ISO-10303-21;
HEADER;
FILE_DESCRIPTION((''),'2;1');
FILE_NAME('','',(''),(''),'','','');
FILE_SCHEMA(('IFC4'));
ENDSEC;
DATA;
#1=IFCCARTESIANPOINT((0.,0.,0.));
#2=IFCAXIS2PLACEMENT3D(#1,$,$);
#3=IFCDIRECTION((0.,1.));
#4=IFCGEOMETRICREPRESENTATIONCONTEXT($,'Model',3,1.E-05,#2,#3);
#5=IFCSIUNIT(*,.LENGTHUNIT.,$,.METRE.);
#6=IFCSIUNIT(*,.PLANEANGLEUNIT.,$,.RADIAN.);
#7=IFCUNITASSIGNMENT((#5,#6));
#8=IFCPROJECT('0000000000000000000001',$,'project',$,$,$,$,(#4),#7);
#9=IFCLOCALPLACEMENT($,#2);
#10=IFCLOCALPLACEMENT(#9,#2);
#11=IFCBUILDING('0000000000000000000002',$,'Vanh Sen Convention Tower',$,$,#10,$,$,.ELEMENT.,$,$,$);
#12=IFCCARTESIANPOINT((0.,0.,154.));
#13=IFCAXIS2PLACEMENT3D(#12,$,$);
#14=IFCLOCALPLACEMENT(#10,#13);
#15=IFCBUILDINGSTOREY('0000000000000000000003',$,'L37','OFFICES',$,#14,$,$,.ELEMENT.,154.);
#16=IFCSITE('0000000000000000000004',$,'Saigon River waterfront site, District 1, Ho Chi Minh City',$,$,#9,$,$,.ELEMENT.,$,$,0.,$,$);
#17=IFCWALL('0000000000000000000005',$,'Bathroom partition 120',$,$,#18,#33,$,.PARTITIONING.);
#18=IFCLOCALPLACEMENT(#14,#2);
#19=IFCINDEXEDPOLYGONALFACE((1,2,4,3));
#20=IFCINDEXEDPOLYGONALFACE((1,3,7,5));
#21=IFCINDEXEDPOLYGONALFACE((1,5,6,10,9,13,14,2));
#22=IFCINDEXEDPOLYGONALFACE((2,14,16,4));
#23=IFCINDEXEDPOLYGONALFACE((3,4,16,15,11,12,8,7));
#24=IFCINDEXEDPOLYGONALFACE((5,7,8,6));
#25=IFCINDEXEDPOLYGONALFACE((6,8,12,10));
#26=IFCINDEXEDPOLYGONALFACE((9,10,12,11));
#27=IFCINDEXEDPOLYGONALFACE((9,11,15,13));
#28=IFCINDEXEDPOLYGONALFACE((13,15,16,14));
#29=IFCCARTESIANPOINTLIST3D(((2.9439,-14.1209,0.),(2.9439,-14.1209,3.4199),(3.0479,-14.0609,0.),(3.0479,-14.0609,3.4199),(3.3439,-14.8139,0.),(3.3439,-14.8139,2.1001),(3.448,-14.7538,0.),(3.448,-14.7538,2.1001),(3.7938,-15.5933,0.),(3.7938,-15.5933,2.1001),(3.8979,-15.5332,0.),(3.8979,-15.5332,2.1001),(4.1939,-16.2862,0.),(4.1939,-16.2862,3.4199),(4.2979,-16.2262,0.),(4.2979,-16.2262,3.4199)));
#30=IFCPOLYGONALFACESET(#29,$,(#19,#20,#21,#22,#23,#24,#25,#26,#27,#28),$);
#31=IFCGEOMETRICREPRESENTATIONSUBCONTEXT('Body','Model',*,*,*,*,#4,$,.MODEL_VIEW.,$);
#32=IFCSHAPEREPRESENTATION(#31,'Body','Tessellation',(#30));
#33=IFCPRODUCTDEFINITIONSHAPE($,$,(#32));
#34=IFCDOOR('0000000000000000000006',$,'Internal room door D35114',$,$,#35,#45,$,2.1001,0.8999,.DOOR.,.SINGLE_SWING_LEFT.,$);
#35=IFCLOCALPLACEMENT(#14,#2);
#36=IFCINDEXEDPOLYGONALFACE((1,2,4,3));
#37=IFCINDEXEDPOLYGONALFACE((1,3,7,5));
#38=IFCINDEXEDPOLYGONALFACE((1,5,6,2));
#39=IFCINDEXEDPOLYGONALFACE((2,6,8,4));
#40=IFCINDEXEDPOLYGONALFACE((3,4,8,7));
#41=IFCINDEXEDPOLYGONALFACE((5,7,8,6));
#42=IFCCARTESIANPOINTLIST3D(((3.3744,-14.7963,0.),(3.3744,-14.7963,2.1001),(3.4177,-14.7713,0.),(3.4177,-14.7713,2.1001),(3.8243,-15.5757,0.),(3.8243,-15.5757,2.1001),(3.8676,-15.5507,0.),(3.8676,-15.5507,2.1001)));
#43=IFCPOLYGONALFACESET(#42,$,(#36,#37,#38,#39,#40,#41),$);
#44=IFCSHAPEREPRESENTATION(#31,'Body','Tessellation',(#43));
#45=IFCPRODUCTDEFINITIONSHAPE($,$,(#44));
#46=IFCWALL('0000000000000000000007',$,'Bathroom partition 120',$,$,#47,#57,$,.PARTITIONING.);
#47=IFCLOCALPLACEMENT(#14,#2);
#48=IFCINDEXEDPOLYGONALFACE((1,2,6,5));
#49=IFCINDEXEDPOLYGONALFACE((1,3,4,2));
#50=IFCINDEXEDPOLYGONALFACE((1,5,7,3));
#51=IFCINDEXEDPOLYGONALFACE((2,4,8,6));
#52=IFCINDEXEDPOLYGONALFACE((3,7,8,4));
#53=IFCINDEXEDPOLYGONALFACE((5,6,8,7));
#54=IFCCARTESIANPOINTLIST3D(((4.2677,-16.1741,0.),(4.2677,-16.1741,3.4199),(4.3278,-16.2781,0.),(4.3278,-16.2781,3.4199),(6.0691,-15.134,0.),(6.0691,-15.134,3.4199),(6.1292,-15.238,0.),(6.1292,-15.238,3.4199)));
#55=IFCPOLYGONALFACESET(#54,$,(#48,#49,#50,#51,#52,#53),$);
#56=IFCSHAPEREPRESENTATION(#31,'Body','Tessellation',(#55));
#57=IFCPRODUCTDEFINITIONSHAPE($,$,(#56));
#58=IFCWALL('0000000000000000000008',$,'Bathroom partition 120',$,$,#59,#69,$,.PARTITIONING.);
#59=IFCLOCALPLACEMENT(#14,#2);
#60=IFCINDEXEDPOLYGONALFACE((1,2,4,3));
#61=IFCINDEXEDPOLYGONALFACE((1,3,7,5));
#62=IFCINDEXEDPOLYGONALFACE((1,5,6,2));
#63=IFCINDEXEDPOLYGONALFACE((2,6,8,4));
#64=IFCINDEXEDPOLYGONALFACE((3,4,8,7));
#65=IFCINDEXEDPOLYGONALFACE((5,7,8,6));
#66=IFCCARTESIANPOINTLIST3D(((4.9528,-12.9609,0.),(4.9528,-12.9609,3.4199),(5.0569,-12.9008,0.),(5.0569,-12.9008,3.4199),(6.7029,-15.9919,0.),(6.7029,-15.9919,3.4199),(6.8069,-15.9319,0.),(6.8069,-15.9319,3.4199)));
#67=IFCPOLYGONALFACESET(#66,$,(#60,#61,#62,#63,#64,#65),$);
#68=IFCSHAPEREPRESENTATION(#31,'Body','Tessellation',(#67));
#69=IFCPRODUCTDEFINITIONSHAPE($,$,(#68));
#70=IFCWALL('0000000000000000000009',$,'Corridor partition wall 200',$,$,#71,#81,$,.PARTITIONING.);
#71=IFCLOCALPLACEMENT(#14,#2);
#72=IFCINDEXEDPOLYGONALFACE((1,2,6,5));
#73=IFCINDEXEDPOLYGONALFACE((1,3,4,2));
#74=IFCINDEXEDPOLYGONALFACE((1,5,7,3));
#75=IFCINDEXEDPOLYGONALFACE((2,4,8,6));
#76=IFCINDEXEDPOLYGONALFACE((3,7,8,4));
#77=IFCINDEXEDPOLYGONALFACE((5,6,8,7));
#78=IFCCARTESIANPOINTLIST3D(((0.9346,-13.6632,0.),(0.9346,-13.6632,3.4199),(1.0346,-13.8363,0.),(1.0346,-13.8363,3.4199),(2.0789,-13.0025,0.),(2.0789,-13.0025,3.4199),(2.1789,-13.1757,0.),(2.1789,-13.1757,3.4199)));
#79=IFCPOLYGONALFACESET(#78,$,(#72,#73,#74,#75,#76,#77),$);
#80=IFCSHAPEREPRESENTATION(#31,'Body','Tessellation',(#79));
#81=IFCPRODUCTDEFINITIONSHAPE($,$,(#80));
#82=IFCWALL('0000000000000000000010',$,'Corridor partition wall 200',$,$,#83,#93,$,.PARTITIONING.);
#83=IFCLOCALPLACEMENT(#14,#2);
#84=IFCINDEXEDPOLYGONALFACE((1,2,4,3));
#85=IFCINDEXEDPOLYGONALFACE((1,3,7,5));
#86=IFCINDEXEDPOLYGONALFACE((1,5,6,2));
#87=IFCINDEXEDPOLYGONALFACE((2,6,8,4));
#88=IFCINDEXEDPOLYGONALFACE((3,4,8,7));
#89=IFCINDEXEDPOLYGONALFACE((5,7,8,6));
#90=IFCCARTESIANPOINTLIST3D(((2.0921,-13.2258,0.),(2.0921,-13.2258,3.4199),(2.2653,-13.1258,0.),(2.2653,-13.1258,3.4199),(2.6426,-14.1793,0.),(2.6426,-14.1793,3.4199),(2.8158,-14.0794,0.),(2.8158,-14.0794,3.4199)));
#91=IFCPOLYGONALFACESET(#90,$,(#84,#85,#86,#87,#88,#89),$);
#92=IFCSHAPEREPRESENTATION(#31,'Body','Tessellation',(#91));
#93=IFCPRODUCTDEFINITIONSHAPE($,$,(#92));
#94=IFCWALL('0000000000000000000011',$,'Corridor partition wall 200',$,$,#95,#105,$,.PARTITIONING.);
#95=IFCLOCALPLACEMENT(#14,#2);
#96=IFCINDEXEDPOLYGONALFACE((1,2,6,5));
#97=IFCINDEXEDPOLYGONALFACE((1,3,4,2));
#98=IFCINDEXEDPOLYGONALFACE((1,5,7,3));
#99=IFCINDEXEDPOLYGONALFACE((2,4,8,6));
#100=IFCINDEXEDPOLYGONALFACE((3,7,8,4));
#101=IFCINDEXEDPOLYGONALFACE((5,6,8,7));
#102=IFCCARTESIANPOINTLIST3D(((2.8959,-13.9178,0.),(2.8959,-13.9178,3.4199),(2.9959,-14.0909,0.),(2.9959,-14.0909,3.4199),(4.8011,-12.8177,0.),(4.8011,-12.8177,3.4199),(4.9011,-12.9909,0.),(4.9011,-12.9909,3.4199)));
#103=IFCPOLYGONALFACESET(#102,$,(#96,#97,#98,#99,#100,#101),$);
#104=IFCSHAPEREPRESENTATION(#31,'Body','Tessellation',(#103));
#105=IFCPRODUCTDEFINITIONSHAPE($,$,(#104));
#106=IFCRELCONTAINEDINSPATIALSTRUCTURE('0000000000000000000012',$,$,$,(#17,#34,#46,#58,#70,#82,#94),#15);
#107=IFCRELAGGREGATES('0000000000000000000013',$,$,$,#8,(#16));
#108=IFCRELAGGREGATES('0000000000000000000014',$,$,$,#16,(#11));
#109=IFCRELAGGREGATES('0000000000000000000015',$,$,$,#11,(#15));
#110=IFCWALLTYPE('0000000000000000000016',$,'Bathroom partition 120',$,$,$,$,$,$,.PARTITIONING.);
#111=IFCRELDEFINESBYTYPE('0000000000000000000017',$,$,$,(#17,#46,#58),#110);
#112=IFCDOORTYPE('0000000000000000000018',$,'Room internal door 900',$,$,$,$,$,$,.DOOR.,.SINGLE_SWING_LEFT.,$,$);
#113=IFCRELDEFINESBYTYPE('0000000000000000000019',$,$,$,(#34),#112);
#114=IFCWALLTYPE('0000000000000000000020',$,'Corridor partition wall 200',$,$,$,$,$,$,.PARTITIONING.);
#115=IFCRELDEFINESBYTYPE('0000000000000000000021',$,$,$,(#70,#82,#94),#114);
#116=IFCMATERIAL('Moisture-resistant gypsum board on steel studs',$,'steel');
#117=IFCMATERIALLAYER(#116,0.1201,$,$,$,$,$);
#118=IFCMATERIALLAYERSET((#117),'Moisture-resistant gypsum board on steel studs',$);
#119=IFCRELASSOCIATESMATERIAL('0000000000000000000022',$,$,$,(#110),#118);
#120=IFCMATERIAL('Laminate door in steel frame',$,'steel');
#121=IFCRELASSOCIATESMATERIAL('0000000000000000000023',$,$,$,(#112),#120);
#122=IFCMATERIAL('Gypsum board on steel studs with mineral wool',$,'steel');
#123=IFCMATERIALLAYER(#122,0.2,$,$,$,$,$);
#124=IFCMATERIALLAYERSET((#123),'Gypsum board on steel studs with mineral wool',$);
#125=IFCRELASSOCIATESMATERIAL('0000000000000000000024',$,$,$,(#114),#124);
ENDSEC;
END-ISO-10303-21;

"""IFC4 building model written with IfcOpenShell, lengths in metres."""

from ifc_helpers import new_model, si_unit, direction, frame, frame_2d, origin, place, context, subcontext, project, spatial, rectangle, extrude, material, layer, layer_set, type_object, element, fill, save


model = new_model("IFC4")

# Units and contexts
model_context = context("Model", 3, precision=1e-05, world=origin(), true_north=direction((0.0, 1.0)))
body_context = subcontext(model_context, "Body", "Model", "MODEL_VIEW")
ifc_project = project(units=[si_unit("LENGTHUNIT", "METRE"), si_unit("PLANEANGLEUNIT", "RADIAN")], contexts=[model_context])

# Site, building, storey
site_placement = place(None, origin())
site = spatial("IfcSite", under=ifc_project, at=site_placement, Name="Saigon River waterfront site, District 1, Ho Chi Minh City", CompositionType="ELEMENT", RefElevation=0.0)
building_placement = place(site_placement, origin())
building = spatial("IfcBuilding", under=site, at=building_placement, Name="Vanh Sen Convention Tower", CompositionType="ELEMENT")
storey_placement = place(building_placement, frame((0.0, 0.0, 154.0)))
storey = spatial("IfcBuildingStorey", under=building, at=storey_placement, Name="L37", Description="OFFICES", CompositionType="ELEMENT", Elevation=154.0)

# Wall, opening, door
ifc_material_1 = material(Name="Moisture-resistant gypsum board on steel studs", Category="steel")
ifc_layer_1 = layer(ifc_material_1, 0.1201)
ifc_layer_set_1 = layer_set([ifc_layer_1], Name="Moisture-resistant gypsum board on steel studs")
wall_type_1 = type_object("IfcWallType", Name="Bathroom partition 120", PredefinedType="PARTITIONING", material=ifc_layer_set_1)
wall_1_placement = place(storey_placement, frame((4.2458, -16.2561, 0.0), z_axis=(0.0, 0.0, 1.0), x_axis=(-0.499962, 0.866047, 0.0)))
wall_1 = element("IfcWall", 1, at=wall_1_placement, inside=storey, type_object=wall_type_1, Name="Bathroom partition 120", PredefinedType="PARTITIONING", context=body_context, shape_type="SweptSolid", body=[
    extrude(rectangle(XDim=2.5002, YDim=0.1201, at=frame_2d((1.25, 0.0))), origin(), (0.0, 0.0, 1.0), 3.4199),
])
opening_1_placement = place(wall_1_placement, frame((0.8, 0.0, 0.0)))
opening_1 = element("IfcOpeningElement", 2, at=opening_1_placement, cuts=wall_1, PredefinedType="OPENING", context=body_context, shape_type="SweptSolid", body=[
    extrude(rectangle(XDim=0.8999, YDim=2.1001, at=frame_2d((0.45, 1.05))), frame((0.0, 0.0701, 0.0), z_axis=(0.0, -1.0, 0.0), x_axis=(1.0, 0.0, 0.0)), (0.0, 0.0, 1.0), 0.1401),
])
ifc_material_2 = material(Name="Laminate door in steel frame", Category="steel")
door_type = type_object("IfcDoorType", Name="Room internal door 900", OperationType="SINGLE_SWING_LEFT", PredefinedType="DOOR", material=ifc_material_2)
door_placement = place(opening_1_placement, origin())
door = element("IfcDoor", 3, at=door_placement, inside=storey, type_object=door_type, Name="Internal room door D35114", OperationType="SINGLE_SWING_LEFT", OverallHeight=2.1001, OverallWidth=0.8999, PredefinedType="DOOR", context=body_context, shape_type="SweptSolid", body=[
    extrude(rectangle(XDim=0.8999, YDim=2.1001, at=frame_2d((0.45, 1.05))), frame((0.0, 0.0249, 0.0), z_axis=(0.0, -1.0, 0.0), x_axis=(1.0, 0.0, 0.0)), (0.0, 0.0, 1.0), 0.05),
])
fill(opening_1, door)

# Walls
wall_2_placement = place(storey_placement, frame((6.0991, -15.186, 0.0), z_axis=(0.0, 0.0, 1.0), x_axis=(-0.86601, -0.500027, 0.0)))
element("IfcWall", 4, at=wall_2_placement, inside=storey, type_object=wall_type_1, Name="Bathroom partition 120", PredefinedType="PARTITIONING", context=body_context, shape_type="SweptSolid", body=[
    extrude(rectangle(XDim=2.0801, YDim=0.1201, at=frame_2d((1.04, 0.0))), origin(), (0.0, 0.0, 1.0), 3.4199),
])
wall_3_placement = place(storey_placement, frame((6.7549, -15.9619, 0.0), z_axis=(0.0, 0.0, 1.0), x_axis=(-0.50001, 0.866019, 0.0)))
element("IfcWall", 5, at=wall_3_placement, inside=storey, type_object=wall_type_1, Name="Bathroom partition 120", PredefinedType="PARTITIONING", context=body_context, shape_type="SweptSolid", body=[
    extrude(rectangle(XDim=3.5, YDim=0.1201, at=frame_2d((1.75, 0.0))), origin(), (0.0, 0.0, 1.0), 3.4199),
])
ifc_material_3 = material(Name="Gypsum board on steel studs with mineral wool", Category="steel")
ifc_layer_2 = layer(ifc_material_3, 0.2)
ifc_layer_set_2 = layer_set([ifc_layer_2], Name="Gypsum board on steel studs with mineral wool")
wall_type_2 = type_object("IfcWallType", Name="Corridor partition wall 200", PredefinedType="PARTITIONING", material=ifc_layer_set_2)
wall_4_placement = place(storey_placement, frame((0.9846, -13.7498, 0.0), z_axis=(0.0, 0.0, 1.0), x_axis=(0.866029, 0.499994, 0.0)))
element("IfcWall", 6, at=wall_4_placement, inside=storey, type_object=wall_type_2, Name="Corridor partition wall 200", PredefinedType="PARTITIONING", context=body_context, shape_type="SweptSolid", body=[
    extrude(rectangle(XDim=1.3213, YDim=0.2, at=frame_2d((0.6606, 0.0))), origin(), (0.0, 0.0, 1.0), 3.4199),
])
wall_5_placement = place(storey_placement, frame((2.1787, -13.1758, 0.0), z_axis=(0.0, 0.0, 1.0), x_axis=(0.499978, -0.866038, 0.0)))
element("IfcWall", 7, at=wall_5_placement, inside=storey, type_object=wall_type_2, Name="Corridor partition wall 200", PredefinedType="PARTITIONING", context=body_context, shape_type="SweptSolid", body=[
    extrude(rectangle(XDim=1.1011, YDim=0.2, at=frame_2d((0.5505, 0.0))), origin(), (0.0, 0.0, 1.0), 3.4199),
])
wall_6_placement = place(storey_placement, frame((2.9458, -14.0044, 0.0), z_axis=(0.0, 0.0, 1.0), x_axis=(0.866008, 0.50003, 0.0)))
element("IfcWall", 8, at=wall_6_placement, inside=storey, type_object=wall_type_2, Name="Corridor partition wall 200", PredefinedType="PARTITIONING", context=body_context, shape_type="SweptSolid", body=[
    extrude(rectangle(XDim=2.2, YDim=0.2, at=frame_2d((1.1001, 0.0))), origin(), (0.0, 0.0, 1.0), 3.4199),
])

save(model, "model.ifc")
